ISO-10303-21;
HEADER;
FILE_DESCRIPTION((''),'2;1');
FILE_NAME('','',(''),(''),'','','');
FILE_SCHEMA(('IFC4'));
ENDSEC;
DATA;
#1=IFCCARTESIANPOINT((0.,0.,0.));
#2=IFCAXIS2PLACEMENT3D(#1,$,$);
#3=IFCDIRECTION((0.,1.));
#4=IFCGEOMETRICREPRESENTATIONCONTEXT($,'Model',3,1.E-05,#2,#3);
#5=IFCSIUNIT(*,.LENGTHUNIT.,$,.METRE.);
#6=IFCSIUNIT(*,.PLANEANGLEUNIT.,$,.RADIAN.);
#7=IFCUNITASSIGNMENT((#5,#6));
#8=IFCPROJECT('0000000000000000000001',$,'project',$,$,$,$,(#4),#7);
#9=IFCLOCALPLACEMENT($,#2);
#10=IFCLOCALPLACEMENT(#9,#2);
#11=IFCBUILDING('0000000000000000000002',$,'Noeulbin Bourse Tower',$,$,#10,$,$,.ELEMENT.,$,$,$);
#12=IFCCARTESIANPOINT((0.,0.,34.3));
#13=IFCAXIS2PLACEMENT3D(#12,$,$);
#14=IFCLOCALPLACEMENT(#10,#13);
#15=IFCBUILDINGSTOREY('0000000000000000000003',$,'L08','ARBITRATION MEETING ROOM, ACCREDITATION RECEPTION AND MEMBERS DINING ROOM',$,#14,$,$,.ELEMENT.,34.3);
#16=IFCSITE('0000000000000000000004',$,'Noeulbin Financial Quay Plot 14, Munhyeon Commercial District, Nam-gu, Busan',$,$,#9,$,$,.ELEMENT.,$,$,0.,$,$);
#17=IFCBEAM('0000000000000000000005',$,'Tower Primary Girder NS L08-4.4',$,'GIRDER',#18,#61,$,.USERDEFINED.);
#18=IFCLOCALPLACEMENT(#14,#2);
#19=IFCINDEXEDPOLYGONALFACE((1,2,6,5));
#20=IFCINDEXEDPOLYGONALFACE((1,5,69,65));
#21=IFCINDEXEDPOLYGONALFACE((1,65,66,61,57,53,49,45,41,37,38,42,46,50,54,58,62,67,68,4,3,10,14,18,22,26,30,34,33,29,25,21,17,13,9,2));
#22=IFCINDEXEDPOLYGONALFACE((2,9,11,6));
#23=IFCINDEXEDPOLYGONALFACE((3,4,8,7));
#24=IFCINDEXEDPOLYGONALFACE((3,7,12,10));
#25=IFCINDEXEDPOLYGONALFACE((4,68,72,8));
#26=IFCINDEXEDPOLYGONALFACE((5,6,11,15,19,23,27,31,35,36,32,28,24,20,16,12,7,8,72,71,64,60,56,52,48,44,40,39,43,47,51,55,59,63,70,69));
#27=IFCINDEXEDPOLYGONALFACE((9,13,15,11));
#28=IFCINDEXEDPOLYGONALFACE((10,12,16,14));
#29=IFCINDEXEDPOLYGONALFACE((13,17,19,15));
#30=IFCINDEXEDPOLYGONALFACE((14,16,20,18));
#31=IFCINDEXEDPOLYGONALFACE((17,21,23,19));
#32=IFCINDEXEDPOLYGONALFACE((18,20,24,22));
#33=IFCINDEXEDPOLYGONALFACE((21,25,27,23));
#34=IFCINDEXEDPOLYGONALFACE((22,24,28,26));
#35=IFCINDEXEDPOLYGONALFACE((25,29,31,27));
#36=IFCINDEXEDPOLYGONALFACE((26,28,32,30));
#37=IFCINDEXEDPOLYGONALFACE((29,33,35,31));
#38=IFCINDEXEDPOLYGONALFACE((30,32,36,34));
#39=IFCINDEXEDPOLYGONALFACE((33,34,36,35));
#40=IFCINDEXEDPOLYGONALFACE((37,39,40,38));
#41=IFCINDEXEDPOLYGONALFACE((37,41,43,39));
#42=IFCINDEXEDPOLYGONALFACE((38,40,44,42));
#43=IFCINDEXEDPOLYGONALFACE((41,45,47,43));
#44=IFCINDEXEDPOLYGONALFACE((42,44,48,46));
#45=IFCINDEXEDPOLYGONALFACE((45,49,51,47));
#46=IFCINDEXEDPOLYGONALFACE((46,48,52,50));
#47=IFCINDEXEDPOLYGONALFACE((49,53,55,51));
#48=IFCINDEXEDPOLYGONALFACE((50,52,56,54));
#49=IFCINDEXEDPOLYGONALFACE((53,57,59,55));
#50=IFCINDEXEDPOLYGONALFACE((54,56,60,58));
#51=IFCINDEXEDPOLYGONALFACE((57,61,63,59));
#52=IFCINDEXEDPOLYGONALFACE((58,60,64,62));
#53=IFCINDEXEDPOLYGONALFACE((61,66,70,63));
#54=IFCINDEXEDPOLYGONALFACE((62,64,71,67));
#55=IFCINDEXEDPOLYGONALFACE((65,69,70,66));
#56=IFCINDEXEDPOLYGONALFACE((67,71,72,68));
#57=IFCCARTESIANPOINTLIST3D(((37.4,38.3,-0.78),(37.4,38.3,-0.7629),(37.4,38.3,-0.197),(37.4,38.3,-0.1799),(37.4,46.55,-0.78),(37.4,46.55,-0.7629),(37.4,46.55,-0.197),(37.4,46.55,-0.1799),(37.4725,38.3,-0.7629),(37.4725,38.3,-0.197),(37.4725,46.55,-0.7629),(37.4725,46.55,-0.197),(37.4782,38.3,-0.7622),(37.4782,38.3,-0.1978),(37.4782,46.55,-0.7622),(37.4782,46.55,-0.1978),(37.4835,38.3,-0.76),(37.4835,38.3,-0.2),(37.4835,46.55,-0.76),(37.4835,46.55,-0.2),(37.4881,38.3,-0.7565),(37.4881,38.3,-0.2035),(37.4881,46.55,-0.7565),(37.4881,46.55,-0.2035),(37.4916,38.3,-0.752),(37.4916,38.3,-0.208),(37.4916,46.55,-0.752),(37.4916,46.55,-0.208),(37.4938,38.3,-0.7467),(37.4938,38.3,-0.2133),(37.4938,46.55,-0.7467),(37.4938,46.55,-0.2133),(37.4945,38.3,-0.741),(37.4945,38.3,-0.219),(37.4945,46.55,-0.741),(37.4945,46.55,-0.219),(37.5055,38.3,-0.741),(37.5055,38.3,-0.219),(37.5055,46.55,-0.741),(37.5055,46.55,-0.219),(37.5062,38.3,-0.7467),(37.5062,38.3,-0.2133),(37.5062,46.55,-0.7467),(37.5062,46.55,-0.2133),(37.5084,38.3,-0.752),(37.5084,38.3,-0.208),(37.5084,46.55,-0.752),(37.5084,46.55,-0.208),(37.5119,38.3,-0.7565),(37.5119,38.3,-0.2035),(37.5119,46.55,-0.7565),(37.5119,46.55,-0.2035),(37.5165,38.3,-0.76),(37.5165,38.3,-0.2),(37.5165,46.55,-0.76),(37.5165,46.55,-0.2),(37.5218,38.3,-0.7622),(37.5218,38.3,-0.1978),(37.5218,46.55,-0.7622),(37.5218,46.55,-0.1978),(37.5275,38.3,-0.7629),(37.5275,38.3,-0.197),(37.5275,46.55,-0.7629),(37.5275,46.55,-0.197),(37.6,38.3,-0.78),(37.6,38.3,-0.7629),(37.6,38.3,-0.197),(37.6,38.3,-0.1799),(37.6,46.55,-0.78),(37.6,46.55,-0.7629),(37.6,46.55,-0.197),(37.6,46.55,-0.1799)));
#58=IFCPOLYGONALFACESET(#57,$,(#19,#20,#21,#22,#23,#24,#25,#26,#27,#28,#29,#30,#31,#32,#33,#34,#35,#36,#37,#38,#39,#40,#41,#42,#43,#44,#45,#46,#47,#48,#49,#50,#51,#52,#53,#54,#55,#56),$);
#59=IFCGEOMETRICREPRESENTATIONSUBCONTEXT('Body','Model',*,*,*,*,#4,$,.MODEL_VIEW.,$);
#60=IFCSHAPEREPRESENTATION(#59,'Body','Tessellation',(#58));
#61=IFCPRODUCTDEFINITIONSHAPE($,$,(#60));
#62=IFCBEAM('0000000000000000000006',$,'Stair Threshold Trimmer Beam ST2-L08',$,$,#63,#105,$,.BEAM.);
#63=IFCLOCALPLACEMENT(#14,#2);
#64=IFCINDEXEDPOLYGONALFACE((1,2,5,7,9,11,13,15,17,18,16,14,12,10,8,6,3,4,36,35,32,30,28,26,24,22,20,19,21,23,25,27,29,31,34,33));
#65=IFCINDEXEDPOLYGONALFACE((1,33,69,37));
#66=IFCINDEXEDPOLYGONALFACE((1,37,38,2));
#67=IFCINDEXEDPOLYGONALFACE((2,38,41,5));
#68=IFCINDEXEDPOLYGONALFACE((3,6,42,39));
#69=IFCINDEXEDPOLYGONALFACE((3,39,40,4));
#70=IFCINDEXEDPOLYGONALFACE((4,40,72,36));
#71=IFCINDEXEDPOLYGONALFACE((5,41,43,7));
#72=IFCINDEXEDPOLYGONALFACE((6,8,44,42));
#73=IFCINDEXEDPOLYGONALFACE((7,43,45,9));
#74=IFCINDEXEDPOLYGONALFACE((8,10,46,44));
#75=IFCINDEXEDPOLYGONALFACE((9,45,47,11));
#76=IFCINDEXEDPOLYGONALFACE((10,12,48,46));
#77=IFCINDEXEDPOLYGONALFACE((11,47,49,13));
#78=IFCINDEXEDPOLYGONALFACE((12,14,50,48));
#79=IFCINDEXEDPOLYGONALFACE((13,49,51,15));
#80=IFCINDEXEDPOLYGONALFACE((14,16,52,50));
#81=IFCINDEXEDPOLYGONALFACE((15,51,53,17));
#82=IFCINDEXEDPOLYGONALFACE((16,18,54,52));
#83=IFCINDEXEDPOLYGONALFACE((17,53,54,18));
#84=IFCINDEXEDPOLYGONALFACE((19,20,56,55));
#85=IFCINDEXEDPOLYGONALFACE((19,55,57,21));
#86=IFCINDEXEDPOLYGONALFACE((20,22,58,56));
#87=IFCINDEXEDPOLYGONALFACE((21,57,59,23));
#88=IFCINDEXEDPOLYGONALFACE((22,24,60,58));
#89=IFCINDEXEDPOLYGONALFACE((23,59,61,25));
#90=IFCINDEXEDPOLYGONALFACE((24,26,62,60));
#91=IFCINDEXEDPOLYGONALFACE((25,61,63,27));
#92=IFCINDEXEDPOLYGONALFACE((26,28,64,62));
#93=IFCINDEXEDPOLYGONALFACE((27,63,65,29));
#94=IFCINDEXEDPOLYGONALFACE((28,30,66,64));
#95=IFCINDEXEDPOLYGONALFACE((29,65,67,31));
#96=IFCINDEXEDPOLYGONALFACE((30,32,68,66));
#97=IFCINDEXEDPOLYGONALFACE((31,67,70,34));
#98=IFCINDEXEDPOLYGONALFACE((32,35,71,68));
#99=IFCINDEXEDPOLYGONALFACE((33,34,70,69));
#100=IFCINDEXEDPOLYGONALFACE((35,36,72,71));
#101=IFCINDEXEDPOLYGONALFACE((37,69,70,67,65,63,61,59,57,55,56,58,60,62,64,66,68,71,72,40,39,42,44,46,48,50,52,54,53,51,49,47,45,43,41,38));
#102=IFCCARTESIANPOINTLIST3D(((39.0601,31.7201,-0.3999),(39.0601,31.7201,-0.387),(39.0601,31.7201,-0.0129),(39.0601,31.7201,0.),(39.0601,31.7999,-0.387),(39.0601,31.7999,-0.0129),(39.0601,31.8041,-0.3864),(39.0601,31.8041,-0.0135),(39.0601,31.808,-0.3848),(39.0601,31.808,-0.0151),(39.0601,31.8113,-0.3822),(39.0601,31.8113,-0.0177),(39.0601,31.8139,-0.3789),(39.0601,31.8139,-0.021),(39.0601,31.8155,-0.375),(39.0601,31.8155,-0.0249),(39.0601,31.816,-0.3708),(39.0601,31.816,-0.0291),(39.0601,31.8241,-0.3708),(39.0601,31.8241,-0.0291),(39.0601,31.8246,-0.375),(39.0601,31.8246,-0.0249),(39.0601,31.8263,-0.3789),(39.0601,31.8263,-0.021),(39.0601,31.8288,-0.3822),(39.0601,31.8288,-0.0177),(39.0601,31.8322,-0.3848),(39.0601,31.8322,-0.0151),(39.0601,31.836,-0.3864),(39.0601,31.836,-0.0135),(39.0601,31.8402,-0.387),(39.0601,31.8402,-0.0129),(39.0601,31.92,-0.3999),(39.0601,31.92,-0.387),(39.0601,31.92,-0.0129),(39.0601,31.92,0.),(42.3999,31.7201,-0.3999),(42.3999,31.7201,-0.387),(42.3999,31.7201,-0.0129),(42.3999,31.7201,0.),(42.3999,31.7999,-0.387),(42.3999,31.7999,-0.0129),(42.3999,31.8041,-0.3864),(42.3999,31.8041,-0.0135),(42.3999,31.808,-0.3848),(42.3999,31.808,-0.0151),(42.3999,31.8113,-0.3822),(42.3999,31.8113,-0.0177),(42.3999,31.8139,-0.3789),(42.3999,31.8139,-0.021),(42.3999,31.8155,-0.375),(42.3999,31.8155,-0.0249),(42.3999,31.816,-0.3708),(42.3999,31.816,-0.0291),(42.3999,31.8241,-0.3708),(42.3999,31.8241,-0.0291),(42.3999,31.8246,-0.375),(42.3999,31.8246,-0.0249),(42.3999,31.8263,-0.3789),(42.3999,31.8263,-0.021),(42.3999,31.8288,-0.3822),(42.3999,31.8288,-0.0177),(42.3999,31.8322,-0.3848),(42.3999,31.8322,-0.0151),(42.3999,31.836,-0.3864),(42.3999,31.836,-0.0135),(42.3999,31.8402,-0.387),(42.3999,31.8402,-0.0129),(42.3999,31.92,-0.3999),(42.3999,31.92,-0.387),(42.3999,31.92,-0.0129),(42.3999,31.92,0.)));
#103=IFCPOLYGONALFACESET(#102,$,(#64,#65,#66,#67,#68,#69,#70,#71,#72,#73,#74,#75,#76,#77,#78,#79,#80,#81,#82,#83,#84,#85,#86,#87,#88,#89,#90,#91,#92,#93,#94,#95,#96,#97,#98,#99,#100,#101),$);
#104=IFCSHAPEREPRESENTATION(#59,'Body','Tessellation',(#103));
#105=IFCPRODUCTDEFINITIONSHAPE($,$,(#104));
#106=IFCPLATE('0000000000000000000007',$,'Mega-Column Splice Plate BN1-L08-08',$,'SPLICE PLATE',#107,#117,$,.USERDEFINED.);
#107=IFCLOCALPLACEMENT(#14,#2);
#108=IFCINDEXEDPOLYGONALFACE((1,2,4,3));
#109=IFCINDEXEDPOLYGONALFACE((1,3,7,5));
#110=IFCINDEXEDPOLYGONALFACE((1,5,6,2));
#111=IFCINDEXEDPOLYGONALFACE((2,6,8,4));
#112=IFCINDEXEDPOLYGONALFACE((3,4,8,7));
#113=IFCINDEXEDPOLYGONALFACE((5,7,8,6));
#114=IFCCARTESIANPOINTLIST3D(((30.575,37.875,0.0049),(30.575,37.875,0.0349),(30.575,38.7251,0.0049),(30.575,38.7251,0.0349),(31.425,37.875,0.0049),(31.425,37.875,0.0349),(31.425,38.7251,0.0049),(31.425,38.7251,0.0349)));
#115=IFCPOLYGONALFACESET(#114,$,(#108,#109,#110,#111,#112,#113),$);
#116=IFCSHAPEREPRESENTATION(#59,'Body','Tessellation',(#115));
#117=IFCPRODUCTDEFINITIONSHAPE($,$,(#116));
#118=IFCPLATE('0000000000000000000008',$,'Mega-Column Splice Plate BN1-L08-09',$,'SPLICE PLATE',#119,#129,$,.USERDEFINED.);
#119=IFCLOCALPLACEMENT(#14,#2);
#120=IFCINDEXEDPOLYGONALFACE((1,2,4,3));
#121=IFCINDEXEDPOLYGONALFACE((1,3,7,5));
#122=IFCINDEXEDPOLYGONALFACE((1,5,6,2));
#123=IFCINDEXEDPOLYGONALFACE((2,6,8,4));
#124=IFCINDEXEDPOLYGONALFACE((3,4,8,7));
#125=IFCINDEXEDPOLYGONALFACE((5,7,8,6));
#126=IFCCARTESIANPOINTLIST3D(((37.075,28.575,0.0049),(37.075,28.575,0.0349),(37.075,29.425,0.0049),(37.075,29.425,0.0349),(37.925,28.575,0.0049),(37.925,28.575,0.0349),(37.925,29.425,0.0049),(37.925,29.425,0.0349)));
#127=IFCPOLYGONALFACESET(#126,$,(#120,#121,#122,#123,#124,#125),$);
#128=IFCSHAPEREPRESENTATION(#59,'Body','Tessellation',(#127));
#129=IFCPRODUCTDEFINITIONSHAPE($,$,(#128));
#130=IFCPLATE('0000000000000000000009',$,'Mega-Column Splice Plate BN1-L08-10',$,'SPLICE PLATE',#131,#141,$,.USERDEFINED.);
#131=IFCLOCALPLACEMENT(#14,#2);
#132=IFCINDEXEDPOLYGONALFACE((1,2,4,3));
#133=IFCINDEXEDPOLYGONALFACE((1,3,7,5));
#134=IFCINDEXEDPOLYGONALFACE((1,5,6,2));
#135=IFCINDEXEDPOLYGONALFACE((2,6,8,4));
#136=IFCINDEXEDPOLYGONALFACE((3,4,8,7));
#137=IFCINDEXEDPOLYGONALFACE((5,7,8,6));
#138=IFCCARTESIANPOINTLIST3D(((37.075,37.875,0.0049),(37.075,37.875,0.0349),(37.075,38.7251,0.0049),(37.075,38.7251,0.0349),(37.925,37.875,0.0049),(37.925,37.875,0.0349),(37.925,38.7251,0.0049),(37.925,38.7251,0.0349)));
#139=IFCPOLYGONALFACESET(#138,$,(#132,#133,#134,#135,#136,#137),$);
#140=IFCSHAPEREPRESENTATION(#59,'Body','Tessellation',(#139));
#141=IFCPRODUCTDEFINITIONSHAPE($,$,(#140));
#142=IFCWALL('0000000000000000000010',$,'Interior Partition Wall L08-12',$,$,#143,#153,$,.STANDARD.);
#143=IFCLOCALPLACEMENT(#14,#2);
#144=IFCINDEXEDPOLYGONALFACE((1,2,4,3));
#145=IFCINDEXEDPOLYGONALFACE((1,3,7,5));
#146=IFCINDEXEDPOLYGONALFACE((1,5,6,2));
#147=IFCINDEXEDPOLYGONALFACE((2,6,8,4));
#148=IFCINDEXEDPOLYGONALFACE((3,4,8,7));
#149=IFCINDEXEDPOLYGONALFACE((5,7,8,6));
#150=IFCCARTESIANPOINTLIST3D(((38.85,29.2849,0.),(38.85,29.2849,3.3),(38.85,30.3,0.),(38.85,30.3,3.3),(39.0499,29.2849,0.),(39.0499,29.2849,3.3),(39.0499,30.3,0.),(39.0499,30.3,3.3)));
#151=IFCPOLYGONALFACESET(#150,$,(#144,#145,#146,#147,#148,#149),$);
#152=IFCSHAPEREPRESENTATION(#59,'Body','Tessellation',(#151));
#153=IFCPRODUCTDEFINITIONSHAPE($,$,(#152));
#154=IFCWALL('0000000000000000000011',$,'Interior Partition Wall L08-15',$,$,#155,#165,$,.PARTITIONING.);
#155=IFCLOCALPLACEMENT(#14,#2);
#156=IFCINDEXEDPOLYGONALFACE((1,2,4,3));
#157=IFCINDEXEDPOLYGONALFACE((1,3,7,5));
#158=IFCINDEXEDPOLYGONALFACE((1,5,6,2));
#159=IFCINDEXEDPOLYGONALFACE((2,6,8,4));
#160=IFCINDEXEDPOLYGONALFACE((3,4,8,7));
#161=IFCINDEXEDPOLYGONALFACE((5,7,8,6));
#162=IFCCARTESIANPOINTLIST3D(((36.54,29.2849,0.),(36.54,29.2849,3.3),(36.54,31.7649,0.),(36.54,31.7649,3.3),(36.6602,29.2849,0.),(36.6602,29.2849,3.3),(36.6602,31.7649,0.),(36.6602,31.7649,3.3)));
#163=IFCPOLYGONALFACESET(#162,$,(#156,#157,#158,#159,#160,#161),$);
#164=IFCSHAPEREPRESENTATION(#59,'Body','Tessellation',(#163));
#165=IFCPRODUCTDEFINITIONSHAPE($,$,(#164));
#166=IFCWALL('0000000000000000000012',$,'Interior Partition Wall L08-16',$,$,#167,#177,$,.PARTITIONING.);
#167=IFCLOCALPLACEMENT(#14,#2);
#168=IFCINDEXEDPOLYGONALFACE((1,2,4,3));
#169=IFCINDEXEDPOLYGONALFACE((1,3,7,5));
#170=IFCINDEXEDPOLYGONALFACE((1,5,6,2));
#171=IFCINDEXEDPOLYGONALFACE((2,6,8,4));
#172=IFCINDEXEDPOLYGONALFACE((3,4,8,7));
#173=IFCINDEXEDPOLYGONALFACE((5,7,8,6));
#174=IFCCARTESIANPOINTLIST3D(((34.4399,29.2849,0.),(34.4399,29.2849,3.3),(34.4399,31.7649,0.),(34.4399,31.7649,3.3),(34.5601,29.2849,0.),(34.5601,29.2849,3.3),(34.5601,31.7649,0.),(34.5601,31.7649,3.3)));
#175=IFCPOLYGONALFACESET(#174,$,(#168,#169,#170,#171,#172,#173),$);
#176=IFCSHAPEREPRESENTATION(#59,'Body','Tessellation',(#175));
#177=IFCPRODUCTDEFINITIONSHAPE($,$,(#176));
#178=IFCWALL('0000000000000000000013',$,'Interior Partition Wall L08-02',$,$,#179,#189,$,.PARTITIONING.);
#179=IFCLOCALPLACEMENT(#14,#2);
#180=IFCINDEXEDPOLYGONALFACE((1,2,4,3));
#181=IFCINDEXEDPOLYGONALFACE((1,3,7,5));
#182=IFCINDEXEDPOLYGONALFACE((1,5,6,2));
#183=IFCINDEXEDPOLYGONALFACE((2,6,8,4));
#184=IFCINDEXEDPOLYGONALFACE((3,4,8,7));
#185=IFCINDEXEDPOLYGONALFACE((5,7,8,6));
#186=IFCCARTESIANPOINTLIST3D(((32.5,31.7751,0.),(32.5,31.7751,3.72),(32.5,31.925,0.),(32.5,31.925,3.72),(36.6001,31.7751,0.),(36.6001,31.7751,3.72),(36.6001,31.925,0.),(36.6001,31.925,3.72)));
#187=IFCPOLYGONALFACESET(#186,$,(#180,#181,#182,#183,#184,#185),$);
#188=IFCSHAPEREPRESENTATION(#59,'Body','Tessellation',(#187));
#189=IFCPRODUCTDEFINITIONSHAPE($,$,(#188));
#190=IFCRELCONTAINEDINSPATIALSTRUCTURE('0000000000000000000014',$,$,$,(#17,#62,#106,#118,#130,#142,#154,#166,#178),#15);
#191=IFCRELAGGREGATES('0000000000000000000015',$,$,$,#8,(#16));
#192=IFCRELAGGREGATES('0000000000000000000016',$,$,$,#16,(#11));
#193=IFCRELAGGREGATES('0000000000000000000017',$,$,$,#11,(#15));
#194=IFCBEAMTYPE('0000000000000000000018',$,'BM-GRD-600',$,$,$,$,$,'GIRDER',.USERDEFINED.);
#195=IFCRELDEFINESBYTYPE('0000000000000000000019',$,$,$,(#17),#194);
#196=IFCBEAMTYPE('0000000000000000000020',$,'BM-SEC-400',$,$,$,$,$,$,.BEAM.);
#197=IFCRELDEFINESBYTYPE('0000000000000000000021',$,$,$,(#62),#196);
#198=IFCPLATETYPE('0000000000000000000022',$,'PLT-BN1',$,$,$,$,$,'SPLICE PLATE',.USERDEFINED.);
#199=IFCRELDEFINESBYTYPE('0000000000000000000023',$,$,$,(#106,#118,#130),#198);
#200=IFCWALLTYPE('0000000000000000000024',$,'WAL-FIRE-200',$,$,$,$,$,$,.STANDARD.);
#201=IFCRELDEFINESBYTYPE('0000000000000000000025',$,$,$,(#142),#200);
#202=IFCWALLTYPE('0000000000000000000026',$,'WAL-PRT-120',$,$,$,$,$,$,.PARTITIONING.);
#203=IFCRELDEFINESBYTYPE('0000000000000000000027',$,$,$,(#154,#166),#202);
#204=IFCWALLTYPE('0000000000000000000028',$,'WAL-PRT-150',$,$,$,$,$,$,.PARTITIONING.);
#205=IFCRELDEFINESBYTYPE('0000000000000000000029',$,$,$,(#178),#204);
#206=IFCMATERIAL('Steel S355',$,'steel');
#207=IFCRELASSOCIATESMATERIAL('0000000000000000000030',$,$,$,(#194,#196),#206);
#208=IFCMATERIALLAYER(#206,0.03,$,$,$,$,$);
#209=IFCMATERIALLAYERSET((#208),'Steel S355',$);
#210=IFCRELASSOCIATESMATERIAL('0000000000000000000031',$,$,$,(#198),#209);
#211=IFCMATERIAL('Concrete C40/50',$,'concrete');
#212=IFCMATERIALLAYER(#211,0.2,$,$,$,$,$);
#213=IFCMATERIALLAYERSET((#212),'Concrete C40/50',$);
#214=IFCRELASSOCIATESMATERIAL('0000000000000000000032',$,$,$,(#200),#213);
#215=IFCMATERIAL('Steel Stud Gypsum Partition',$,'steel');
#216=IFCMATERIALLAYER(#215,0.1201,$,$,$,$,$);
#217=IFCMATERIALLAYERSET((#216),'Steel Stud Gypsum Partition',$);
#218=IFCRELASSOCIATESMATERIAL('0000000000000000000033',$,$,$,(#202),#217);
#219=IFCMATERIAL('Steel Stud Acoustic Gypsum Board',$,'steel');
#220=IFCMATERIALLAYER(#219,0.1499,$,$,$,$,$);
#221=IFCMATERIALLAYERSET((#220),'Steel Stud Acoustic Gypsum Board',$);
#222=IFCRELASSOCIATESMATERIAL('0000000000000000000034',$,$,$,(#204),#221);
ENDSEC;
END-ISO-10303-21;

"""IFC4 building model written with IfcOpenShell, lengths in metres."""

from ifc_helpers import new_model, si_unit, direction, frame, frame_2d, origin, origin_2d, place, context, subcontext, project, spatial, rectangle, i_section, extrude, material, layer, layer_set, material_profile, profile_set, type_object, element, save


model = new_model("IFC4")

# Units and contexts
model_context = context("Model", 3, precision=1e-05, world=origin(), true_north=direction((0.0, 1.0)))
body_context = subcontext(model_context, "Body", "Model", "MODEL_VIEW")
ifc_project = project(units=[si_unit("LENGTHUNIT", "METRE"), si_unit("PLANEANGLEUNIT", "RADIAN")], contexts=[model_context])

# Site, building, storey
site_placement = place(None, origin())
site = spatial("IfcSite", under=ifc_project, at=site_placement, Name="Noeulbin Financial Quay Plot 14, Munhyeon Commercial District, Nam-gu, Busan", CompositionType="ELEMENT", RefElevation=0.0)
building_placement = place(site_placement, origin())
building = spatial("IfcBuilding", under=site, at=building_placement, Name="Noeulbin Bourse Tower", CompositionType="ELEMENT")
storey_placement = place(building_placement, frame((0.0, 0.0, 34.3)))
storey = spatial("IfcBuildingStorey", under=building, at=storey_placement, Name="L08", Description="ARBITRATION MEETING ROOM, ACCREDITATION RECEPTION AND MEMBERS DINING ROOM", CompositionType="ELEMENT", Elevation=34.3)

# Beams
ifc_material_1 = material(Name="Steel S355", Category="steel")
ifc_material_profile_1 = material_profile(ifc_material_1, i_section(OverallWidth=0.2, OverallDepth=0.6001, WebThickness=0.011, FlangeThickness=0.0171, FilletRadius=0.022, at=origin_2d()), Name="H-600x200x11x17", Category="LoadBearing")
ifc_profile_set_1 = profile_set([ifc_material_profile_1], Name="Steel S355")
beam_type_1 = type_object("IfcBeamType", Name="BM-GRD-600", ElementType="GIRDER", PredefinedType="USERDEFINED", material=ifc_profile_set_1)
for number, where, z_axis, x_axis, name in (
    (1, (37.5, 38.3, -0.48), (0.0, 1.0, 0.0), (-1.0, 0.0, 0.0), "Tower Primary Girder NS L08-4.4"),
):
    element("IfcBeam", number, at=place(storey_placement, frame(where, z_axis=z_axis, x_axis=x_axis)), inside=storey, type_object=beam_type_1, Name=name, ObjectType="GIRDER", PredefinedType="USERDEFINED", context=body_context, shape_type="SweptSolid", body=[
        extrude(i_section(OverallWidth=0.2, OverallDepth=0.6001, WebThickness=0.011, FlangeThickness=0.0171, FilletRadius=0.022, at=origin_2d()), origin(), (0.0, 0.0, 1.0), 8.25),
    ])
ifc_material_profile_2 = material_profile(ifc_material_1, i_section(OverallWidth=0.2, OverallDepth=0.3999, WebThickness=0.0081, FlangeThickness=0.0129, FilletRadius=0.0161, at=origin_2d()), Name="H-400x200x8x13", Category="LoadBearing")
ifc_profile_set_2 = profile_set([ifc_material_profile_2], Name="Steel S355")
beam_type_2 = type_object("IfcBeamType", Name="BM-SEC-400", PredefinedType="BEAM", material=ifc_profile_set_2)
beam_placement = place(storey_placement, frame((39.0601, 31.8201, -0.2), z_axis=(1.0, 0.0, 0.0), x_axis=(0.0, 1.0, 0.0)))
element("IfcBeam", 2, at=beam_placement, inside=storey, type_object=beam_type_2, Name="Stair Threshold Trimmer Beam ST2-L08", PredefinedType="BEAM", context=body_context, shape_type="SweptSolid", body=[
    extrude(i_section(OverallWidth=0.2, OverallDepth=0.3999, WebThickness=0.0081, FlangeThickness=0.0129, FilletRadius=0.0161, at=origin_2d()), origin(), (0.0, 0.0, 1.0), 3.3398),
])

# Plates
ifc_layer_1 = layer(ifc_material_1, 0.03)
ifc_layer_set_1 = layer_set([ifc_layer_1], Name="Steel S355")
plate_type = type_object("IfcPlateType", Name="PLT-BN1", ElementType="SPLICE PLATE", PredefinedType="USERDEFINED", material=ifc_layer_set_1)
for number, where, z_axis, x_axis, name in (
    (3, (31.0, 38.3, 0.0049), (0.0, 0.0, 1.0), (1.0, 0.0, 0.0), "Mega-Column Splice Plate BN1-L08-08"),
    (4, (37.5, 29.0, 0.0049), (0.0, 0.0, 1.0), (1.0, 0.0, 0.0), "Mega-Column Splice Plate BN1-L08-09"),
    (5, (37.5, 38.3, 0.0049), (0.0, 0.0, 1.0), (1.0, 0.0, 0.0), "Mega-Column Splice Plate BN1-L08-10"),
):
    element("IfcPlate", number, at=place(storey_placement, frame(where, z_axis=z_axis, x_axis=x_axis)), inside=storey, type_object=plate_type, Name=name, ObjectType="SPLICE PLATE", PredefinedType="USERDEFINED", context=body_context, shape_type="SweptSolid", body=[
        extrude(rectangle(XDim=0.8501, YDim=0.8501, at=origin_2d()), origin(), (0.0, 0.0, 1.0), 0.03),
    ])

# Walls
ifc_material_2 = material(Name="Concrete C40/50", Category="concrete")
ifc_layer_2 = layer(ifc_material_2, 0.2)
ifc_layer_set_2 = layer_set([ifc_layer_2], Name="Concrete C40/50")
wall_type_1 = type_object("IfcWallType", Name="WAL-FIRE-200", PredefinedType="STANDARD", material=ifc_layer_set_2)
wall_1_placement = place(storey_placement, frame((38.95, 29.2849, 0.0), z_axis=(0.0, 0.0, 1.0), x_axis=(0.0, 1.0, 0.0)))
element("IfcWall", 6, at=wall_1_placement, inside=storey, type_object=wall_type_1, Name="Interior Partition Wall L08-12", PredefinedType="STANDARD", context=body_context, shape_type="SweptSolid", body=[
    extrude(rectangle(XDim=1.0151, YDim=0.2, at=frame_2d((0.5076, 0.0))), origin(), (0.0, 0.0, 1.0), 3.3),
])
ifc_material_3 = material(Name="Steel Stud Gypsum Partition", Category="steel")
ifc_layer_3 = layer(ifc_material_3, 0.1201)
ifc_layer_set_3 = layer_set([ifc_layer_3], Name="Steel Stud Gypsum Partition")
wall_type_2 = type_object("IfcWallType", Name="WAL-PRT-120", PredefinedType="PARTITIONING", material=ifc_layer_set_3)
for number, where, z_axis, x_axis, name in (
    (7, (36.6001, 29.2849, 0.0), (0.0, 0.0, 1.0), (0.0, 1.0, 0.0), "Interior Partition Wall L08-15"),
    (8, (34.5, 29.2849, 0.0), (0.0, 0.0, 1.0), (0.0, 1.0, 0.0), "Interior Partition Wall L08-16"),
):
    element("IfcWall", number, at=place(storey_placement, frame(where, z_axis=z_axis, x_axis=x_axis)), inside=storey, type_object=wall_type_2, Name=name, PredefinedType="PARTITIONING", context=body_context, shape_type="SweptSolid", body=[
        extrude(rectangle(XDim=2.48, YDim=0.1201, at=frame_2d((1.24, 0.0))), origin(), (0.0, 0.0, 1.0), 3.3),
    ])
ifc_material_4 = material(Name="Steel Stud Acoustic Gypsum Board", Category="steel")
ifc_layer_4 = layer(ifc_material_4, 0.1499)
ifc_layer_set_4 = layer_set([ifc_layer_4], Name="Steel Stud Acoustic Gypsum Board")
wall_type_3 = type_object("IfcWallType", Name="WAL-PRT-150", PredefinedType="PARTITIONING", material=ifc_layer_set_4)
wall_2_placement = place(storey_placement, frame((32.5, 31.8501, 0.0), z_axis=(0.0, 0.0, 1.0), x_axis=(1.0, 0.0, 0.0)))
element("IfcWall", 9, at=wall_2_placement, inside=storey, type_object=wall_type_3, Name="Interior Partition Wall L08-02", PredefinedType="PARTITIONING", context=body_context, shape_type="SweptSolid", body=[
    extrude(rectangle(XDim=4.1001, YDim=0.1499, at=frame_2d((2.05, 0.0))), origin(), (0.0, 0.0, 1.0), 3.72),
])

save(model, "model.ifc")
